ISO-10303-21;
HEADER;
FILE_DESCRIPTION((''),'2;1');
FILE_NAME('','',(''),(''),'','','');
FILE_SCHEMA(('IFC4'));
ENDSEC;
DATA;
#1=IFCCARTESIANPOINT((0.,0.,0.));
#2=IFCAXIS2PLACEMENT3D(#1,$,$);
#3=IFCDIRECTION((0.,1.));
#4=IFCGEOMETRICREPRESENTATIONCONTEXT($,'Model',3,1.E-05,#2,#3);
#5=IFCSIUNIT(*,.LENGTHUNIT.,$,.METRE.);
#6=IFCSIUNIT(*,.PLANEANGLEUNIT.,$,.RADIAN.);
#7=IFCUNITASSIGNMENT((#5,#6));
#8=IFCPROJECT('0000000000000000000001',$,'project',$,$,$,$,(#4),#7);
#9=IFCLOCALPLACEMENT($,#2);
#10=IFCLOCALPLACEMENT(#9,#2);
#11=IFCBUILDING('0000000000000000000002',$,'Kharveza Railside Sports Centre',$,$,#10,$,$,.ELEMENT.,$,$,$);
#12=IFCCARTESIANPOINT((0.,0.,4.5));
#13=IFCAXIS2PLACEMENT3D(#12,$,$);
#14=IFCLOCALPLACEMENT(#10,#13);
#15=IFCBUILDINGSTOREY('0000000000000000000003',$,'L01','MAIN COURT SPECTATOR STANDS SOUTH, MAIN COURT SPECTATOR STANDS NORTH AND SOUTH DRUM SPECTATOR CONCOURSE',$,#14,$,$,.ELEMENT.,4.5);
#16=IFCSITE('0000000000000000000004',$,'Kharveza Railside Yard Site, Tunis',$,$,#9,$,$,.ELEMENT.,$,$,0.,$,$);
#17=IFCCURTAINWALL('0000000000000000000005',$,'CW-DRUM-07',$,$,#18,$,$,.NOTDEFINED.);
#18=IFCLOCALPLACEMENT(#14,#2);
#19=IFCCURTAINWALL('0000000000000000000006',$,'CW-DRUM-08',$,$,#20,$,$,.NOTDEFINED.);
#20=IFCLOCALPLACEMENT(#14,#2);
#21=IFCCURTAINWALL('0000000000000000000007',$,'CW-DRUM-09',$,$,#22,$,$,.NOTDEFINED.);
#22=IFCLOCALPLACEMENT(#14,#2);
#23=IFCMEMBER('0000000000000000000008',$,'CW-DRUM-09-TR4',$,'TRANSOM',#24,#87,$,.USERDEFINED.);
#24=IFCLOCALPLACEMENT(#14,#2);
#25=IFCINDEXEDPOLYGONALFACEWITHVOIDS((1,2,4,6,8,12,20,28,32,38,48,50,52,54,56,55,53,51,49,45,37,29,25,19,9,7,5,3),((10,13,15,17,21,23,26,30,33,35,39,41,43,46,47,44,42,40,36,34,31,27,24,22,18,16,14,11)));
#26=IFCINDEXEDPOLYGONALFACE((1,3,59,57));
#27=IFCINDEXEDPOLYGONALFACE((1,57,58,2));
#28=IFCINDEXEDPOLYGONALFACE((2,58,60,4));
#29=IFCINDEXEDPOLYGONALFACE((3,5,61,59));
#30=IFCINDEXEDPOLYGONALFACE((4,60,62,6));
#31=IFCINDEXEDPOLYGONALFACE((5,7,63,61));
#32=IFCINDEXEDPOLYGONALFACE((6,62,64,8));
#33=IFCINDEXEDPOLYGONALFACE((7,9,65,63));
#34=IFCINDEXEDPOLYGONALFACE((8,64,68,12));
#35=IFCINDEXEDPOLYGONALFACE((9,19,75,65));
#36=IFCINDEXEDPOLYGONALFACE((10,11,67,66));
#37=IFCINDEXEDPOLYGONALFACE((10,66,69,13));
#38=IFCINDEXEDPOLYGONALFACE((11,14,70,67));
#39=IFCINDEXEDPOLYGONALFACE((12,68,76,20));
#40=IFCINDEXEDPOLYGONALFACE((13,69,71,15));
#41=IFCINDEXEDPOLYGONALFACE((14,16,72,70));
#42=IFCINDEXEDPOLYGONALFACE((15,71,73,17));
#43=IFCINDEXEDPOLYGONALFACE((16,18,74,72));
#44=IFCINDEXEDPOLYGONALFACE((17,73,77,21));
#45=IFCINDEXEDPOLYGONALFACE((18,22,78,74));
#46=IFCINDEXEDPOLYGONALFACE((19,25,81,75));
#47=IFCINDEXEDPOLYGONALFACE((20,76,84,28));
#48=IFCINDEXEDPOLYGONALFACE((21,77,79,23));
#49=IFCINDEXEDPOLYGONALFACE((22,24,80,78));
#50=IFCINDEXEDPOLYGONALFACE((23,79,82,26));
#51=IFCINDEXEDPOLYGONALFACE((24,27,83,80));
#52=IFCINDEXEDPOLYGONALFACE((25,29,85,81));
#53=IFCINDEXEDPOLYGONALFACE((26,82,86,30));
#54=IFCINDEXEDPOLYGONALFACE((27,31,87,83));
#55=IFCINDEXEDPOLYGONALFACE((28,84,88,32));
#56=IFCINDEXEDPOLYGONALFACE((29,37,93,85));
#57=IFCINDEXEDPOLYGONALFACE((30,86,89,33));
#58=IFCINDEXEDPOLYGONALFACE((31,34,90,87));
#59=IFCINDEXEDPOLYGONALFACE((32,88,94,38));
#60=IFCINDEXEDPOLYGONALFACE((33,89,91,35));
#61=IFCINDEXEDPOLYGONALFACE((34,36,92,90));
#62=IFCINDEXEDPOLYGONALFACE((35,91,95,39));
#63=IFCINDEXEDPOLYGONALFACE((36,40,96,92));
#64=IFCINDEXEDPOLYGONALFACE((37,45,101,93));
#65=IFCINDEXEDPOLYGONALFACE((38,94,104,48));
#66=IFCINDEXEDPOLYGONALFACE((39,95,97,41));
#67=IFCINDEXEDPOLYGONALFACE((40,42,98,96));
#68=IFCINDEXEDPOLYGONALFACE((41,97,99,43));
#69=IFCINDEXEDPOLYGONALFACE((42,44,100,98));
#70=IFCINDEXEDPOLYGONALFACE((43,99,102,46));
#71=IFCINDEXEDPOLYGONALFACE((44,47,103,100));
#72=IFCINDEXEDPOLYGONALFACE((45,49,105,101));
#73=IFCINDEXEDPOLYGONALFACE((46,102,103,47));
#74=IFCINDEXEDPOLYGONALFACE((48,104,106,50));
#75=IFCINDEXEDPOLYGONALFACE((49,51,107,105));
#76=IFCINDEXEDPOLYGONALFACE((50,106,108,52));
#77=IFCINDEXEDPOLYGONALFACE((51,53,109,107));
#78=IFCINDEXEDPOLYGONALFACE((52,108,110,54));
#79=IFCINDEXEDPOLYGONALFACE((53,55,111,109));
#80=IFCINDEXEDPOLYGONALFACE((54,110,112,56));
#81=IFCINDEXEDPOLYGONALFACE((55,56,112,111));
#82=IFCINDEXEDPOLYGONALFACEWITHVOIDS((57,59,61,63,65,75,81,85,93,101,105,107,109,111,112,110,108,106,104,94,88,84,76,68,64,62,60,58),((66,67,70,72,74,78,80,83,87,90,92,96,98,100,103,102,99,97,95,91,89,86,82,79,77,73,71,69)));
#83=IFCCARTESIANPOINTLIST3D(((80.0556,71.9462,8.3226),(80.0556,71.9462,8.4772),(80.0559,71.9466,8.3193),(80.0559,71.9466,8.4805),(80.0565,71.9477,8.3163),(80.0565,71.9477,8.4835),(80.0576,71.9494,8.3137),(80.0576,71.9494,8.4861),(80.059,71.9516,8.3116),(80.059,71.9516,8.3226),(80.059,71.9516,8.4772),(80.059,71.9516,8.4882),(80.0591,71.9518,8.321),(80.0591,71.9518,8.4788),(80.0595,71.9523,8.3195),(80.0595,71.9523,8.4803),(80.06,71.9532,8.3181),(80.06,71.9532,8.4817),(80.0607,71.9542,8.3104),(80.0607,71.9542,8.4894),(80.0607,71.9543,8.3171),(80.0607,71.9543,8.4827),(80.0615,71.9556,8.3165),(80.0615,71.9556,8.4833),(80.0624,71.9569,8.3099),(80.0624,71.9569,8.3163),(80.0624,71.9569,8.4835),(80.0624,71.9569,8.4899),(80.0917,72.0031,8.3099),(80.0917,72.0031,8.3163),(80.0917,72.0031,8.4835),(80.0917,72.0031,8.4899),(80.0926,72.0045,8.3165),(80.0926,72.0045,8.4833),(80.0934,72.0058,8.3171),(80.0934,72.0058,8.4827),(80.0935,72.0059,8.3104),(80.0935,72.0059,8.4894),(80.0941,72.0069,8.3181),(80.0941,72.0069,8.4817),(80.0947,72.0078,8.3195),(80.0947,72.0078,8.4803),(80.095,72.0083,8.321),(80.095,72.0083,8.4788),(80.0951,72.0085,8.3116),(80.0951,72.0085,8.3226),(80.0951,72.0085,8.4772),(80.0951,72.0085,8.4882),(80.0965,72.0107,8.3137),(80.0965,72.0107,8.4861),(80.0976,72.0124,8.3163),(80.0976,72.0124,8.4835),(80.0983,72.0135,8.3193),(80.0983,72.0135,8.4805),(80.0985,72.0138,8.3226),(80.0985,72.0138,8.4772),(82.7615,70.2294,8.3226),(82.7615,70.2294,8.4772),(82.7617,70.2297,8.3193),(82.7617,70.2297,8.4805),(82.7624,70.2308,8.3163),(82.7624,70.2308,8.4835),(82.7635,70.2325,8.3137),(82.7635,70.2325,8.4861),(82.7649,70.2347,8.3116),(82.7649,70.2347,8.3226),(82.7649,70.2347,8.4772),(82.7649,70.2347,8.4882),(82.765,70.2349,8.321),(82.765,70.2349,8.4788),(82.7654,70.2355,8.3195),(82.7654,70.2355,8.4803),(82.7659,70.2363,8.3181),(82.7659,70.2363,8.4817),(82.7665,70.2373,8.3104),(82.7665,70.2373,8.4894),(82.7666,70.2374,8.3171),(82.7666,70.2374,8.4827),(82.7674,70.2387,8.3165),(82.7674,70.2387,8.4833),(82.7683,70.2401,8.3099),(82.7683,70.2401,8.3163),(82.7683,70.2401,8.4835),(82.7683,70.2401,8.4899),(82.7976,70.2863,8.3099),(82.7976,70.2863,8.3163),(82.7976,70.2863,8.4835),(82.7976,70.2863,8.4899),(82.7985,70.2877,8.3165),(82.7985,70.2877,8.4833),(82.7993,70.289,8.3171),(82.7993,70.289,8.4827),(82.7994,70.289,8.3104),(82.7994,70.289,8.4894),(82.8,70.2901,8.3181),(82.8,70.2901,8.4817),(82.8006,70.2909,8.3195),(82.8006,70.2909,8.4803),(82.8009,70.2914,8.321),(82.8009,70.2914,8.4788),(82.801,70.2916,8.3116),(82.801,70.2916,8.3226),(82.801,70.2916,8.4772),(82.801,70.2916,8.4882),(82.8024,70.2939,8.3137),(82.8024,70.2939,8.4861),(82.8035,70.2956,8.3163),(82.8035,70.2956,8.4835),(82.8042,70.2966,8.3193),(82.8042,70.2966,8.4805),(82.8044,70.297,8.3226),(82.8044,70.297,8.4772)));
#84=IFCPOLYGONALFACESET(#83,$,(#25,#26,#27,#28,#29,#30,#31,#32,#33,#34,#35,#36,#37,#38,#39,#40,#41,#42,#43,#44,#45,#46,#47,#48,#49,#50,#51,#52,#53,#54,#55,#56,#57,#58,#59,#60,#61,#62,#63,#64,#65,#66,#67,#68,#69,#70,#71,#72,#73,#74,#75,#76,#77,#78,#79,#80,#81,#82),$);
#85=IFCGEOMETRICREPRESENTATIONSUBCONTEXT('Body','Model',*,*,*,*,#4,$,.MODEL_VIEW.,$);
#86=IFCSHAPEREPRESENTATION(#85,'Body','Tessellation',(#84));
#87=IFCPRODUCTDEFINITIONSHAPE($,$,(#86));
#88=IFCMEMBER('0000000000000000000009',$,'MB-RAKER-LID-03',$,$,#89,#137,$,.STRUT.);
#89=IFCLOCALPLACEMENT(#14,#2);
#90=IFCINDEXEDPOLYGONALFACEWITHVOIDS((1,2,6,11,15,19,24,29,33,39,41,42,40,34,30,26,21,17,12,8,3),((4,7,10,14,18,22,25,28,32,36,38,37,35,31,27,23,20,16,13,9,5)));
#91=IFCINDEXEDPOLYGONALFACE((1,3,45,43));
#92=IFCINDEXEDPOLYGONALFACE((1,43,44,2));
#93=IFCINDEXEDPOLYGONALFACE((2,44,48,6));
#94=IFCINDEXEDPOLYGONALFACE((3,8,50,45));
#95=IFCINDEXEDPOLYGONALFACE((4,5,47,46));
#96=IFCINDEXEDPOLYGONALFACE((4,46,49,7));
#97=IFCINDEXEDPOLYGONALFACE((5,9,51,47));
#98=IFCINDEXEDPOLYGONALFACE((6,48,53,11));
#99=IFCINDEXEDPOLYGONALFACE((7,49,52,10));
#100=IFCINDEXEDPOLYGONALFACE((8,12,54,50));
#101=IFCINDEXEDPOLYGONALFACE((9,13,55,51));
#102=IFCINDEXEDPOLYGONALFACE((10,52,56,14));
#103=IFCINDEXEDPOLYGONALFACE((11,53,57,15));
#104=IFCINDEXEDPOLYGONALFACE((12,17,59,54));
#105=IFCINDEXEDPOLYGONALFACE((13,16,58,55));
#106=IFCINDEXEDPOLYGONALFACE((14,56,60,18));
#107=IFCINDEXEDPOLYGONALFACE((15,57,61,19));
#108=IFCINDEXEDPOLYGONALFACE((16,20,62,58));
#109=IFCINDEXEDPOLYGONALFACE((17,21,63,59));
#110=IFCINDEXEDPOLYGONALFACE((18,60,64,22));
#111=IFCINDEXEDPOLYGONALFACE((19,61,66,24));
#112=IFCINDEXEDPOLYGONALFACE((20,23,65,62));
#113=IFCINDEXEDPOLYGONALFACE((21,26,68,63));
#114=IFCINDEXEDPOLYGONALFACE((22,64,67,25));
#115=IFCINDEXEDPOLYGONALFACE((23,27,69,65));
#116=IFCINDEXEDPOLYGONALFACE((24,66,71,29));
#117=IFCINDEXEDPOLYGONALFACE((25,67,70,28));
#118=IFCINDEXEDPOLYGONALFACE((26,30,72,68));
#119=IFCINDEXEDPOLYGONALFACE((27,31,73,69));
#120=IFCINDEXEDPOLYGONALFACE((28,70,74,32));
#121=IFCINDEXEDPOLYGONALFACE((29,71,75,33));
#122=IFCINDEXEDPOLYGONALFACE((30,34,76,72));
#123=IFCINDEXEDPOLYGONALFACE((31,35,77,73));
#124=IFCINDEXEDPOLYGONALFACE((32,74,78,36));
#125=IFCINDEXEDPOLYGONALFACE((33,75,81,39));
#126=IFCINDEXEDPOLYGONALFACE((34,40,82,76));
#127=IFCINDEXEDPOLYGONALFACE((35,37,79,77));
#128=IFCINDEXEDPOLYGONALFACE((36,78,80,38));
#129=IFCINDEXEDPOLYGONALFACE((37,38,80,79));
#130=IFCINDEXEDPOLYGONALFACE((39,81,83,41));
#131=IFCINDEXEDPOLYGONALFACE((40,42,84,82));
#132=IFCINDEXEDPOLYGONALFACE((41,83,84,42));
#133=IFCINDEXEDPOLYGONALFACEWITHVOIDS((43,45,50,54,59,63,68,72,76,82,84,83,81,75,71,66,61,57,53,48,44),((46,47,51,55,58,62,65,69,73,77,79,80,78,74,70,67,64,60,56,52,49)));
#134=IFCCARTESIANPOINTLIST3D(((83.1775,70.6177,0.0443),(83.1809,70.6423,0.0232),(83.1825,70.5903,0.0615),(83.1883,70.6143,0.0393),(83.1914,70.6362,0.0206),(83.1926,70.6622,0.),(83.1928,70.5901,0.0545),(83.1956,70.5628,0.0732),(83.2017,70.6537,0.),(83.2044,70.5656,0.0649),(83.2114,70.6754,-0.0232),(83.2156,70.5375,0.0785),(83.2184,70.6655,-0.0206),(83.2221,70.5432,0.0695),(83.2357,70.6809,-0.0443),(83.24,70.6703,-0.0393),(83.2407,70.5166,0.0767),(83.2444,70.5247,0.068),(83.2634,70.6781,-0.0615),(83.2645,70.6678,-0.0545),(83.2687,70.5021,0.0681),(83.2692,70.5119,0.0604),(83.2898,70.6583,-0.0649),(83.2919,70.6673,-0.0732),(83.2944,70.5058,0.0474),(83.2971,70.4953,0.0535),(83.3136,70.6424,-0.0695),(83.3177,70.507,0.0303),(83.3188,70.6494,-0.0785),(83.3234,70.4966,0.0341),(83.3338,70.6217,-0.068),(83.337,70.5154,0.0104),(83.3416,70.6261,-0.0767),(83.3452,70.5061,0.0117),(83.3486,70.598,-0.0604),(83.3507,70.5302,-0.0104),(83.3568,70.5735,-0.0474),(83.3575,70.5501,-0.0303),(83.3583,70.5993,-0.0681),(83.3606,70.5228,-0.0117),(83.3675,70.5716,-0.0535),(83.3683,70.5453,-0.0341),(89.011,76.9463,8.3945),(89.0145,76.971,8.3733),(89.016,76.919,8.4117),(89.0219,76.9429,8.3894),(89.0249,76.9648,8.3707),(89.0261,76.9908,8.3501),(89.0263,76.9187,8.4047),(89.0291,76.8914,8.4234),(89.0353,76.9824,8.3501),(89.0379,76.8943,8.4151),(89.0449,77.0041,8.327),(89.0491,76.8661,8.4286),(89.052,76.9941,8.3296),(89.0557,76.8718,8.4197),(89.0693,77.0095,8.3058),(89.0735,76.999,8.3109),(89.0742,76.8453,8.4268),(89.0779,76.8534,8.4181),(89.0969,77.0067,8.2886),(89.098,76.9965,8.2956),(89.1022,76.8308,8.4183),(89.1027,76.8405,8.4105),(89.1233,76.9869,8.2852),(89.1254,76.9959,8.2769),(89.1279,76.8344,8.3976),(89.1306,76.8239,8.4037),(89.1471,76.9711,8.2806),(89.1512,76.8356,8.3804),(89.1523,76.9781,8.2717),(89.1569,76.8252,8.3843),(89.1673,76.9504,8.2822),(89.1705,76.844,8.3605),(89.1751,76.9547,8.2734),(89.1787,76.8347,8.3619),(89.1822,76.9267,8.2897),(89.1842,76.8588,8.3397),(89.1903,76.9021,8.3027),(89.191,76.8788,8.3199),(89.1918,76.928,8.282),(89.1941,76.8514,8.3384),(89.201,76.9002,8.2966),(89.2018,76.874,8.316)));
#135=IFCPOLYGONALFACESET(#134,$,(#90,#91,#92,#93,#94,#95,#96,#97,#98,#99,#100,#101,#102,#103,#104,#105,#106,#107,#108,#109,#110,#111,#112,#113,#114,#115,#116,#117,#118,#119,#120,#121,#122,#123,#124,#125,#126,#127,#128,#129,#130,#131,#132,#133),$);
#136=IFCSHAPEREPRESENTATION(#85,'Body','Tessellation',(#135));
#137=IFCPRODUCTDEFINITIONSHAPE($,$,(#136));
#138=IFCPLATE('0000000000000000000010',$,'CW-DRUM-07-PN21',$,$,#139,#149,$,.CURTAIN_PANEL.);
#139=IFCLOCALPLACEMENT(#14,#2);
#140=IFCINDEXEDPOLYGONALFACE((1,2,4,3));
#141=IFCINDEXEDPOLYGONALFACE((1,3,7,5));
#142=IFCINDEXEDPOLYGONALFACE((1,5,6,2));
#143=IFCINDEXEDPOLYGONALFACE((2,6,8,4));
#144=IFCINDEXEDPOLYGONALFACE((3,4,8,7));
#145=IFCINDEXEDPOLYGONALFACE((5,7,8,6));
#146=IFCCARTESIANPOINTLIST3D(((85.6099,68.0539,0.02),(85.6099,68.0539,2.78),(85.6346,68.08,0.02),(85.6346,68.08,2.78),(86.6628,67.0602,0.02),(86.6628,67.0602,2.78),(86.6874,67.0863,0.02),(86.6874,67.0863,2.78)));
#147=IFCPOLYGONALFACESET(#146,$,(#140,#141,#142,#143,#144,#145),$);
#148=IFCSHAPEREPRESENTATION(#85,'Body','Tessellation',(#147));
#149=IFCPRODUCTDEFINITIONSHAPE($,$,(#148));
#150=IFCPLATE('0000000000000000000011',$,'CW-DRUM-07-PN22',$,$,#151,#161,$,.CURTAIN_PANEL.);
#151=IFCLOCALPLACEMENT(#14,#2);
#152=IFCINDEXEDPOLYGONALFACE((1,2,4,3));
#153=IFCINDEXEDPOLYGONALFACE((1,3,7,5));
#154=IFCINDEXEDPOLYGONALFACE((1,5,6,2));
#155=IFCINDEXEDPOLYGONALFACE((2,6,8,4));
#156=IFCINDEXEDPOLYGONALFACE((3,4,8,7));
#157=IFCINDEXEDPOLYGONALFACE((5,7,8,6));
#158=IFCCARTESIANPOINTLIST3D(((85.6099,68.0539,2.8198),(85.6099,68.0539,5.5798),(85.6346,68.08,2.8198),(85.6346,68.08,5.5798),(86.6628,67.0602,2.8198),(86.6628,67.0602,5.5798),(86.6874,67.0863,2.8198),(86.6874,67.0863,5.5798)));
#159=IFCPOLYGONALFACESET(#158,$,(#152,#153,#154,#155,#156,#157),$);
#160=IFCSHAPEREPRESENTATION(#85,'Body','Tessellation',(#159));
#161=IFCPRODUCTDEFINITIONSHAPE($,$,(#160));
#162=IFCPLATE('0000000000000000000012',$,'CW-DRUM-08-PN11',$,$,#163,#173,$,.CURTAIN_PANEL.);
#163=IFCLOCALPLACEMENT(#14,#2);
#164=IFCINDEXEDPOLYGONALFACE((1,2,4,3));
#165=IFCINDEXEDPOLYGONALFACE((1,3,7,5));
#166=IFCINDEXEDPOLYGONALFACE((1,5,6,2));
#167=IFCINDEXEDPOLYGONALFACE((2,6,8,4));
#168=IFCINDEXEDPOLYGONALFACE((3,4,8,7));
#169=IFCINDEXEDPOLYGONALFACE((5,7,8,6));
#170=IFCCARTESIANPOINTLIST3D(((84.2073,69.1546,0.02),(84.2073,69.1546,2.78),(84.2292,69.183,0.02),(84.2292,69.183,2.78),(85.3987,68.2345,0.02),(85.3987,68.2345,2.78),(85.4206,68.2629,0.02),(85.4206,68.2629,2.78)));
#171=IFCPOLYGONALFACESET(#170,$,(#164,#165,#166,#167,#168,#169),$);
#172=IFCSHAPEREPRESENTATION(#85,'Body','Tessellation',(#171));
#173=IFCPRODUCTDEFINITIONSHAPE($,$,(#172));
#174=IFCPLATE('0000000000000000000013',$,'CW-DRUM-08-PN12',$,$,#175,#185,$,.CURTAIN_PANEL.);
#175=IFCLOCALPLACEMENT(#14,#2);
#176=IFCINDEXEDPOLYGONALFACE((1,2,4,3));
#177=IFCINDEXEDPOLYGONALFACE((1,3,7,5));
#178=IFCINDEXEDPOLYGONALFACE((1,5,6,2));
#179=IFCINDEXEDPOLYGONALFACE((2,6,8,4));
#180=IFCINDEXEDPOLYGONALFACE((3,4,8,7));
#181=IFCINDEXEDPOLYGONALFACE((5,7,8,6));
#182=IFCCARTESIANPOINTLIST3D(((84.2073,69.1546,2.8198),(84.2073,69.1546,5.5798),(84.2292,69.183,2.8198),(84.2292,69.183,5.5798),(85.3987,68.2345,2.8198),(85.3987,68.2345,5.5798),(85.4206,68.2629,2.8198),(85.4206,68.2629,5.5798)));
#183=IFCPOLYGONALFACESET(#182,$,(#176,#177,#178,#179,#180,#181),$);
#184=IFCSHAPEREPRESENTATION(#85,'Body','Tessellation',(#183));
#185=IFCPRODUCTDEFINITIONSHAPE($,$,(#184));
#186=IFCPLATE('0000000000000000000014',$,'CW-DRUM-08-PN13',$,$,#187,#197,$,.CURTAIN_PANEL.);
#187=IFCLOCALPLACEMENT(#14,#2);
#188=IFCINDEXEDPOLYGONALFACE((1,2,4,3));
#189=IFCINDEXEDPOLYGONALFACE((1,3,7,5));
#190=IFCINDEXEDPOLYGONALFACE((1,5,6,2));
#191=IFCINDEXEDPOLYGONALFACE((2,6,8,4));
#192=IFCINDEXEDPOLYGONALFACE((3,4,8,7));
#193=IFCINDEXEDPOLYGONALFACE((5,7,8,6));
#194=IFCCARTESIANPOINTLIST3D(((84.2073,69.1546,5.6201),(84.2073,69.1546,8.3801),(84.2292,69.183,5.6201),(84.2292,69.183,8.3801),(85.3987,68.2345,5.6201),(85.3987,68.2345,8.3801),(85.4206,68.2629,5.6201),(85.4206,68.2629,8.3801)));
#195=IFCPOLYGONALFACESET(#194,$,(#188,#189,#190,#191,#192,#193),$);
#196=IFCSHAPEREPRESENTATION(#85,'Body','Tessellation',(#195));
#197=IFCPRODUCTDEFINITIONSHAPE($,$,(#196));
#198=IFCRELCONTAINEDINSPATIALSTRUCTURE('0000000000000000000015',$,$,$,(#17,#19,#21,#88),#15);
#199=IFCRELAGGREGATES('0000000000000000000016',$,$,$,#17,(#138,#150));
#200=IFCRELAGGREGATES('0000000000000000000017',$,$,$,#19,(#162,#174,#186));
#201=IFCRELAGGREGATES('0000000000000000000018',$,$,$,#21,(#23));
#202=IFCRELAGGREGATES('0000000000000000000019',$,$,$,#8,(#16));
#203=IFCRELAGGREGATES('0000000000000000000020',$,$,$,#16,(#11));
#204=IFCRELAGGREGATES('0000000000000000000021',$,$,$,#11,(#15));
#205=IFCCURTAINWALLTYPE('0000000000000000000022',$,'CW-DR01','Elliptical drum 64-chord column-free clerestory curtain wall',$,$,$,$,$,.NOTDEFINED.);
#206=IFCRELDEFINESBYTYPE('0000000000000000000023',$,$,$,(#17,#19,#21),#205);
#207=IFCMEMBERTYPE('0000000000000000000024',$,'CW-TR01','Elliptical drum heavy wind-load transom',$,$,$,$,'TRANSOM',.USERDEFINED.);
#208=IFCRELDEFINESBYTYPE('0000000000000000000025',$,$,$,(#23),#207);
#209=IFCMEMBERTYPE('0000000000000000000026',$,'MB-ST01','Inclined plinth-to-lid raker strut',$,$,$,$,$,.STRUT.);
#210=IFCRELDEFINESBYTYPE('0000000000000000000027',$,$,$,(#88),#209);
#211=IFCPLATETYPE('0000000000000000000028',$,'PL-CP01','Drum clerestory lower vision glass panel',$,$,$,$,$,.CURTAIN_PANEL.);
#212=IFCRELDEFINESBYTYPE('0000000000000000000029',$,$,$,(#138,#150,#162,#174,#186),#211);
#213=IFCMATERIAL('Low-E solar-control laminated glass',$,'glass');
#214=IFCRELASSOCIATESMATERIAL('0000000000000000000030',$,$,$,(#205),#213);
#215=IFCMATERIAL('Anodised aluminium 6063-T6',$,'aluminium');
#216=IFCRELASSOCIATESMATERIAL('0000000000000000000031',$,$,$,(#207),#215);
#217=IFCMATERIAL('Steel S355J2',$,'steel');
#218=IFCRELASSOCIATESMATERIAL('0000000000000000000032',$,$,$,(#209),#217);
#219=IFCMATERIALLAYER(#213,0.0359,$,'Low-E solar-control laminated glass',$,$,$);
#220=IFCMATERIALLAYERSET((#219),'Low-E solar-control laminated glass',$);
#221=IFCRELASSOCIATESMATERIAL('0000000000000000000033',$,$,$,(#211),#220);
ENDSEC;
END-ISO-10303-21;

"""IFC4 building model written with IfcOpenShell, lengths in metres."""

from ifc_helpers import new_model, si_unit, direction, frame, origin, origin_2d, place, context, subcontext, project, spatial, rectangle, hollow_rectangle, hollow_circle, extrude, material, layer, layer_set, material_profile, profile_set, type_object, element, aggregate, save


model = new_model("IFC4")

# Units and contexts
model_context = context("Model", 3, precision=1e-05, world=origin(), true_north=direction((0.0, 1.0)))
body_context = subcontext(model_context, "Body", "Model", "MODEL_VIEW")
ifc_project = project(units=[si_unit("LENGTHUNIT", "METRE"), si_unit("PLANEANGLEUNIT", "RADIAN")], contexts=[model_context])

# Site, building, storey
site_placement = place(None, origin())
site = spatial("IfcSite", under=ifc_project, at=site_placement, Name="Kharveza Railside Yard Site, Tunis", CompositionType="ELEMENT", RefElevation=0.0)
building_placement = place(site_placement, origin())
building = spatial("IfcBuilding", under=site, at=building_placement, Name="Kharveza Railside Sports Centre", CompositionType="ELEMENT")
storey_placement = place(building_placement, frame((0.0, 0.0, 4.5)))
storey = spatial("IfcBuildingStorey", under=building, at=storey_placement, Name="L01", Description="MAIN COURT SPECTATOR STANDS SOUTH, MAIN COURT SPECTATOR STANDS NORTH AND SOUTH DRUM SPECTATOR CONCOURSE", CompositionType="ELEMENT", Elevation=4.5)

# Shared definitions
ifc_material_1 = material(Name="Steel S355J2", Category="steel")

# Curtain wall
ifc_material_2 = material(Name="Low-E solar-control laminated glass", Category="glass")
curtain_wall_type = type_object("IfcCurtainWallType", Name="CW-DR01", Description="Elliptical drum 64-chord column-free clerestory curtain wall", PredefinedType="NOTDEFINED", material=ifc_material_2)
curtain_wall_1_placement = place(storey_placement, origin())
curtain_wall_1 = element("IfcCurtainWall", 1, at=curtain_wall_1_placement, inside=storey, type_object=curtain_wall_type, Name="CW-DRUM-07", PredefinedType="NOTDEFINED")
ifc_material_3 = material(Name="Anodised aluminium 6063-T6", Category="aluminium")

# Curtain wall
curtain_wall_2_placement = place(storey_placement, origin())
curtain_wall_2 = element("IfcCurtainWall", 2, at=curtain_wall_2_placement, inside=storey, type_object=curtain_wall_type, Name="CW-DRUM-08", PredefinedType="NOTDEFINED")

# Curtain wall
curtain_wall_3_placement = place(storey_placement, origin())
curtain_wall_3 = element("IfcCurtainWall", 3, at=curtain_wall_3_placement, inside=storey, type_object=curtain_wall_type, Name="CW-DRUM-09", PredefinedType="NOTDEFINED")

# Members
ifc_material_profile_1 = material_profile(ifc_material_3, hollow_rectangle(XDim=0.0801, YDim=0.1799, WallThickness=0.0063, InnerFilletRadius=0.0063, OuterFilletRadius=0.0127, at=origin_2d()), Name="RHS 80x180x6.3")
ifc_profile_set_1 = profile_set([ifc_material_profile_1], Name="Anodised aluminium 6063-T6")
member_type_1 = type_object("IfcMemberType", Name="CW-TR01", Description="Elliptical drum heavy wind-load transom", ElementType="TRANSOM", PredefinedType="USERDEFINED", material=ifc_profile_set_1)
member_1_placement = place(storey_placement, frame((82.783, 70.2632, 8.3999), z_axis=(-0.844379, 0.535746, 0.0), x_axis=(-0.535746, -0.844379, 0.0)))
member_1 = element("IfcMember", 4, at=member_1_placement, type_object=member_type_1, Name="CW-DRUM-09-TR4", ObjectType="TRANSOM", PredefinedType="USERDEFINED", context=body_context, shape_type="SweptSolid", body=[
    extrude(hollow_rectangle(XDim=0.0801, YDim=0.1799, WallThickness=0.0063, InnerFilletRadius=0.0063, OuterFilletRadius=0.0127, at=origin_2d()), origin(), (0.0, 0.0, 1.0), 3.2046),
])
ifc_material_profile_2 = material_profile(ifc_material_1, hollow_circle(Radius=0.1096, WallThickness=0.0125, at=origin_2d()), Name="CHS 219.1x12.5")
ifc_profile_set_2 = profile_set([ifc_material_profile_2], Name="Steel S355J2")
member_type_2 = type_object("IfcMemberType", Name="MB-ST01", Description="Inclined plinth-to-lid raker strut", PredefinedType="STRUT", material=ifc_profile_set_2)
member_2_placement = place(storey_placement, frame((83.2732, 70.5879, 0.0), z_axis=(0.486454, 0.527742, 0.696313), x_axis=(-0.735284, 0.677759, 0.0)))
element("IfcMember", 5, at=member_2_placement, inside=storey, type_object=member_type_2, Name="MB-RAKER-LID-03", PredefinedType="STRUT", context=body_context, shape_type="SweptSolid", body=[
    extrude(hollow_circle(Radius=0.1096, WallThickness=0.0125, at=origin_2d()), origin(), (0.0, 0.0, 1.0), 11.9919),
])

# Plates
ifc_layer_1 = layer(ifc_material_2, 0.0359, Name="Low-E solar-control laminated glass")
ifc_layer_set_1 = layer_set([ifc_layer_1], Name="Low-E solar-control laminated glass")
plate_type_1 = type_object("IfcPlateType", Name="PL-CP01", Description="Drum clerestory lower vision glass panel", PredefinedType="CURTAIN_PANEL", material=ifc_layer_set_1)
plate_1_placement = place(storey_placement, frame((86.1487, 67.5701, 0.02), z_axis=(0.0, 0.0, 1.0), x_axis=(-0.727234, 0.68639, 0.0)))
plate_1 = element("IfcPlate", 6, at=plate_1_placement, type_object=plate_type_1, Name="CW-DRUM-07-PN21", PredefinedType="CURTAIN_PANEL", context=body_context, shape_type="SweptSolid", body=[
    extrude(rectangle(XDim=1.4478, YDim=0.0359, at=origin_2d()), origin(), (0.0, 0.0, 1.0), 2.76),
])
plate_2_placement = place(storey_placement, frame((86.1487, 67.5701, 2.8198), z_axis=(0.0, 0.0, 1.0), x_axis=(-0.727234, 0.68639, 0.0)))
plate_2 = element("IfcPlate", 7, at=plate_2_placement, type_object=plate_type_1, Name="CW-DRUM-07-PN22", PredefinedType="CURTAIN_PANEL", context=body_context, shape_type="SweptSolid", body=[
    extrude(rectangle(XDim=1.4478, YDim=0.0359, at=origin_2d()), origin(), (0.0, 0.0, 1.0), 2.76),
])
aggregate(curtain_wall_1, [plate_1, plate_2])
plate_3_placement = place(storey_placement, frame((84.814, 68.7087, 0.02), z_axis=(0.0, 0.0, 1.0), x_axis=(-0.791437, 0.611251, 0.0)))
plate_3 = element("IfcPlate", 8, at=plate_3_placement, type_object=plate_type_1, Name="CW-DRUM-08-PN11", PredefinedType="CURTAIN_PANEL", context=body_context, shape_type="SweptSolid", body=[
    extrude(rectangle(XDim=1.5054, YDim=0.0359, at=origin_2d()), origin(), (0.0, 0.0, 1.0), 2.76),
])
plate_4_placement = place(storey_placement, frame((84.814, 68.7087, 2.8198), z_axis=(0.0, 0.0, 1.0), x_axis=(-0.791437, 0.611251, 0.0)))
plate_4 = element("IfcPlate", 9, at=plate_4_placement, type_object=plate_type_1, Name="CW-DRUM-08-PN12", PredefinedType="CURTAIN_PANEL", context=body_context, shape_type="SweptSolid", body=[
    extrude(rectangle(XDim=1.5054, YDim=0.0359, at=origin_2d()), origin(), (0.0, 0.0, 1.0), 2.76),
])
plate_5_placement = place(storey_placement, frame((84.814, 68.7087, 5.6201), z_axis=(0.0, 0.0, 1.0), x_axis=(-0.791437, 0.611251, 0.0)))
plate_5 = element("IfcPlate", 10, at=plate_5_placement, type_object=plate_type_1, Name="CW-DRUM-08-PN13", PredefinedType="CURTAIN_PANEL", context=body_context, shape_type="SweptSolid", body=[
    extrude(rectangle(XDim=1.5054, YDim=0.0359, at=origin_2d()), origin(), (0.0, 0.0, 1.0), 2.76),
])
aggregate(curtain_wall_2, [plate_3, plate_4, plate_5])
aggregate(curtain_wall_3, [member_1])

save(model, "model.ifc")
